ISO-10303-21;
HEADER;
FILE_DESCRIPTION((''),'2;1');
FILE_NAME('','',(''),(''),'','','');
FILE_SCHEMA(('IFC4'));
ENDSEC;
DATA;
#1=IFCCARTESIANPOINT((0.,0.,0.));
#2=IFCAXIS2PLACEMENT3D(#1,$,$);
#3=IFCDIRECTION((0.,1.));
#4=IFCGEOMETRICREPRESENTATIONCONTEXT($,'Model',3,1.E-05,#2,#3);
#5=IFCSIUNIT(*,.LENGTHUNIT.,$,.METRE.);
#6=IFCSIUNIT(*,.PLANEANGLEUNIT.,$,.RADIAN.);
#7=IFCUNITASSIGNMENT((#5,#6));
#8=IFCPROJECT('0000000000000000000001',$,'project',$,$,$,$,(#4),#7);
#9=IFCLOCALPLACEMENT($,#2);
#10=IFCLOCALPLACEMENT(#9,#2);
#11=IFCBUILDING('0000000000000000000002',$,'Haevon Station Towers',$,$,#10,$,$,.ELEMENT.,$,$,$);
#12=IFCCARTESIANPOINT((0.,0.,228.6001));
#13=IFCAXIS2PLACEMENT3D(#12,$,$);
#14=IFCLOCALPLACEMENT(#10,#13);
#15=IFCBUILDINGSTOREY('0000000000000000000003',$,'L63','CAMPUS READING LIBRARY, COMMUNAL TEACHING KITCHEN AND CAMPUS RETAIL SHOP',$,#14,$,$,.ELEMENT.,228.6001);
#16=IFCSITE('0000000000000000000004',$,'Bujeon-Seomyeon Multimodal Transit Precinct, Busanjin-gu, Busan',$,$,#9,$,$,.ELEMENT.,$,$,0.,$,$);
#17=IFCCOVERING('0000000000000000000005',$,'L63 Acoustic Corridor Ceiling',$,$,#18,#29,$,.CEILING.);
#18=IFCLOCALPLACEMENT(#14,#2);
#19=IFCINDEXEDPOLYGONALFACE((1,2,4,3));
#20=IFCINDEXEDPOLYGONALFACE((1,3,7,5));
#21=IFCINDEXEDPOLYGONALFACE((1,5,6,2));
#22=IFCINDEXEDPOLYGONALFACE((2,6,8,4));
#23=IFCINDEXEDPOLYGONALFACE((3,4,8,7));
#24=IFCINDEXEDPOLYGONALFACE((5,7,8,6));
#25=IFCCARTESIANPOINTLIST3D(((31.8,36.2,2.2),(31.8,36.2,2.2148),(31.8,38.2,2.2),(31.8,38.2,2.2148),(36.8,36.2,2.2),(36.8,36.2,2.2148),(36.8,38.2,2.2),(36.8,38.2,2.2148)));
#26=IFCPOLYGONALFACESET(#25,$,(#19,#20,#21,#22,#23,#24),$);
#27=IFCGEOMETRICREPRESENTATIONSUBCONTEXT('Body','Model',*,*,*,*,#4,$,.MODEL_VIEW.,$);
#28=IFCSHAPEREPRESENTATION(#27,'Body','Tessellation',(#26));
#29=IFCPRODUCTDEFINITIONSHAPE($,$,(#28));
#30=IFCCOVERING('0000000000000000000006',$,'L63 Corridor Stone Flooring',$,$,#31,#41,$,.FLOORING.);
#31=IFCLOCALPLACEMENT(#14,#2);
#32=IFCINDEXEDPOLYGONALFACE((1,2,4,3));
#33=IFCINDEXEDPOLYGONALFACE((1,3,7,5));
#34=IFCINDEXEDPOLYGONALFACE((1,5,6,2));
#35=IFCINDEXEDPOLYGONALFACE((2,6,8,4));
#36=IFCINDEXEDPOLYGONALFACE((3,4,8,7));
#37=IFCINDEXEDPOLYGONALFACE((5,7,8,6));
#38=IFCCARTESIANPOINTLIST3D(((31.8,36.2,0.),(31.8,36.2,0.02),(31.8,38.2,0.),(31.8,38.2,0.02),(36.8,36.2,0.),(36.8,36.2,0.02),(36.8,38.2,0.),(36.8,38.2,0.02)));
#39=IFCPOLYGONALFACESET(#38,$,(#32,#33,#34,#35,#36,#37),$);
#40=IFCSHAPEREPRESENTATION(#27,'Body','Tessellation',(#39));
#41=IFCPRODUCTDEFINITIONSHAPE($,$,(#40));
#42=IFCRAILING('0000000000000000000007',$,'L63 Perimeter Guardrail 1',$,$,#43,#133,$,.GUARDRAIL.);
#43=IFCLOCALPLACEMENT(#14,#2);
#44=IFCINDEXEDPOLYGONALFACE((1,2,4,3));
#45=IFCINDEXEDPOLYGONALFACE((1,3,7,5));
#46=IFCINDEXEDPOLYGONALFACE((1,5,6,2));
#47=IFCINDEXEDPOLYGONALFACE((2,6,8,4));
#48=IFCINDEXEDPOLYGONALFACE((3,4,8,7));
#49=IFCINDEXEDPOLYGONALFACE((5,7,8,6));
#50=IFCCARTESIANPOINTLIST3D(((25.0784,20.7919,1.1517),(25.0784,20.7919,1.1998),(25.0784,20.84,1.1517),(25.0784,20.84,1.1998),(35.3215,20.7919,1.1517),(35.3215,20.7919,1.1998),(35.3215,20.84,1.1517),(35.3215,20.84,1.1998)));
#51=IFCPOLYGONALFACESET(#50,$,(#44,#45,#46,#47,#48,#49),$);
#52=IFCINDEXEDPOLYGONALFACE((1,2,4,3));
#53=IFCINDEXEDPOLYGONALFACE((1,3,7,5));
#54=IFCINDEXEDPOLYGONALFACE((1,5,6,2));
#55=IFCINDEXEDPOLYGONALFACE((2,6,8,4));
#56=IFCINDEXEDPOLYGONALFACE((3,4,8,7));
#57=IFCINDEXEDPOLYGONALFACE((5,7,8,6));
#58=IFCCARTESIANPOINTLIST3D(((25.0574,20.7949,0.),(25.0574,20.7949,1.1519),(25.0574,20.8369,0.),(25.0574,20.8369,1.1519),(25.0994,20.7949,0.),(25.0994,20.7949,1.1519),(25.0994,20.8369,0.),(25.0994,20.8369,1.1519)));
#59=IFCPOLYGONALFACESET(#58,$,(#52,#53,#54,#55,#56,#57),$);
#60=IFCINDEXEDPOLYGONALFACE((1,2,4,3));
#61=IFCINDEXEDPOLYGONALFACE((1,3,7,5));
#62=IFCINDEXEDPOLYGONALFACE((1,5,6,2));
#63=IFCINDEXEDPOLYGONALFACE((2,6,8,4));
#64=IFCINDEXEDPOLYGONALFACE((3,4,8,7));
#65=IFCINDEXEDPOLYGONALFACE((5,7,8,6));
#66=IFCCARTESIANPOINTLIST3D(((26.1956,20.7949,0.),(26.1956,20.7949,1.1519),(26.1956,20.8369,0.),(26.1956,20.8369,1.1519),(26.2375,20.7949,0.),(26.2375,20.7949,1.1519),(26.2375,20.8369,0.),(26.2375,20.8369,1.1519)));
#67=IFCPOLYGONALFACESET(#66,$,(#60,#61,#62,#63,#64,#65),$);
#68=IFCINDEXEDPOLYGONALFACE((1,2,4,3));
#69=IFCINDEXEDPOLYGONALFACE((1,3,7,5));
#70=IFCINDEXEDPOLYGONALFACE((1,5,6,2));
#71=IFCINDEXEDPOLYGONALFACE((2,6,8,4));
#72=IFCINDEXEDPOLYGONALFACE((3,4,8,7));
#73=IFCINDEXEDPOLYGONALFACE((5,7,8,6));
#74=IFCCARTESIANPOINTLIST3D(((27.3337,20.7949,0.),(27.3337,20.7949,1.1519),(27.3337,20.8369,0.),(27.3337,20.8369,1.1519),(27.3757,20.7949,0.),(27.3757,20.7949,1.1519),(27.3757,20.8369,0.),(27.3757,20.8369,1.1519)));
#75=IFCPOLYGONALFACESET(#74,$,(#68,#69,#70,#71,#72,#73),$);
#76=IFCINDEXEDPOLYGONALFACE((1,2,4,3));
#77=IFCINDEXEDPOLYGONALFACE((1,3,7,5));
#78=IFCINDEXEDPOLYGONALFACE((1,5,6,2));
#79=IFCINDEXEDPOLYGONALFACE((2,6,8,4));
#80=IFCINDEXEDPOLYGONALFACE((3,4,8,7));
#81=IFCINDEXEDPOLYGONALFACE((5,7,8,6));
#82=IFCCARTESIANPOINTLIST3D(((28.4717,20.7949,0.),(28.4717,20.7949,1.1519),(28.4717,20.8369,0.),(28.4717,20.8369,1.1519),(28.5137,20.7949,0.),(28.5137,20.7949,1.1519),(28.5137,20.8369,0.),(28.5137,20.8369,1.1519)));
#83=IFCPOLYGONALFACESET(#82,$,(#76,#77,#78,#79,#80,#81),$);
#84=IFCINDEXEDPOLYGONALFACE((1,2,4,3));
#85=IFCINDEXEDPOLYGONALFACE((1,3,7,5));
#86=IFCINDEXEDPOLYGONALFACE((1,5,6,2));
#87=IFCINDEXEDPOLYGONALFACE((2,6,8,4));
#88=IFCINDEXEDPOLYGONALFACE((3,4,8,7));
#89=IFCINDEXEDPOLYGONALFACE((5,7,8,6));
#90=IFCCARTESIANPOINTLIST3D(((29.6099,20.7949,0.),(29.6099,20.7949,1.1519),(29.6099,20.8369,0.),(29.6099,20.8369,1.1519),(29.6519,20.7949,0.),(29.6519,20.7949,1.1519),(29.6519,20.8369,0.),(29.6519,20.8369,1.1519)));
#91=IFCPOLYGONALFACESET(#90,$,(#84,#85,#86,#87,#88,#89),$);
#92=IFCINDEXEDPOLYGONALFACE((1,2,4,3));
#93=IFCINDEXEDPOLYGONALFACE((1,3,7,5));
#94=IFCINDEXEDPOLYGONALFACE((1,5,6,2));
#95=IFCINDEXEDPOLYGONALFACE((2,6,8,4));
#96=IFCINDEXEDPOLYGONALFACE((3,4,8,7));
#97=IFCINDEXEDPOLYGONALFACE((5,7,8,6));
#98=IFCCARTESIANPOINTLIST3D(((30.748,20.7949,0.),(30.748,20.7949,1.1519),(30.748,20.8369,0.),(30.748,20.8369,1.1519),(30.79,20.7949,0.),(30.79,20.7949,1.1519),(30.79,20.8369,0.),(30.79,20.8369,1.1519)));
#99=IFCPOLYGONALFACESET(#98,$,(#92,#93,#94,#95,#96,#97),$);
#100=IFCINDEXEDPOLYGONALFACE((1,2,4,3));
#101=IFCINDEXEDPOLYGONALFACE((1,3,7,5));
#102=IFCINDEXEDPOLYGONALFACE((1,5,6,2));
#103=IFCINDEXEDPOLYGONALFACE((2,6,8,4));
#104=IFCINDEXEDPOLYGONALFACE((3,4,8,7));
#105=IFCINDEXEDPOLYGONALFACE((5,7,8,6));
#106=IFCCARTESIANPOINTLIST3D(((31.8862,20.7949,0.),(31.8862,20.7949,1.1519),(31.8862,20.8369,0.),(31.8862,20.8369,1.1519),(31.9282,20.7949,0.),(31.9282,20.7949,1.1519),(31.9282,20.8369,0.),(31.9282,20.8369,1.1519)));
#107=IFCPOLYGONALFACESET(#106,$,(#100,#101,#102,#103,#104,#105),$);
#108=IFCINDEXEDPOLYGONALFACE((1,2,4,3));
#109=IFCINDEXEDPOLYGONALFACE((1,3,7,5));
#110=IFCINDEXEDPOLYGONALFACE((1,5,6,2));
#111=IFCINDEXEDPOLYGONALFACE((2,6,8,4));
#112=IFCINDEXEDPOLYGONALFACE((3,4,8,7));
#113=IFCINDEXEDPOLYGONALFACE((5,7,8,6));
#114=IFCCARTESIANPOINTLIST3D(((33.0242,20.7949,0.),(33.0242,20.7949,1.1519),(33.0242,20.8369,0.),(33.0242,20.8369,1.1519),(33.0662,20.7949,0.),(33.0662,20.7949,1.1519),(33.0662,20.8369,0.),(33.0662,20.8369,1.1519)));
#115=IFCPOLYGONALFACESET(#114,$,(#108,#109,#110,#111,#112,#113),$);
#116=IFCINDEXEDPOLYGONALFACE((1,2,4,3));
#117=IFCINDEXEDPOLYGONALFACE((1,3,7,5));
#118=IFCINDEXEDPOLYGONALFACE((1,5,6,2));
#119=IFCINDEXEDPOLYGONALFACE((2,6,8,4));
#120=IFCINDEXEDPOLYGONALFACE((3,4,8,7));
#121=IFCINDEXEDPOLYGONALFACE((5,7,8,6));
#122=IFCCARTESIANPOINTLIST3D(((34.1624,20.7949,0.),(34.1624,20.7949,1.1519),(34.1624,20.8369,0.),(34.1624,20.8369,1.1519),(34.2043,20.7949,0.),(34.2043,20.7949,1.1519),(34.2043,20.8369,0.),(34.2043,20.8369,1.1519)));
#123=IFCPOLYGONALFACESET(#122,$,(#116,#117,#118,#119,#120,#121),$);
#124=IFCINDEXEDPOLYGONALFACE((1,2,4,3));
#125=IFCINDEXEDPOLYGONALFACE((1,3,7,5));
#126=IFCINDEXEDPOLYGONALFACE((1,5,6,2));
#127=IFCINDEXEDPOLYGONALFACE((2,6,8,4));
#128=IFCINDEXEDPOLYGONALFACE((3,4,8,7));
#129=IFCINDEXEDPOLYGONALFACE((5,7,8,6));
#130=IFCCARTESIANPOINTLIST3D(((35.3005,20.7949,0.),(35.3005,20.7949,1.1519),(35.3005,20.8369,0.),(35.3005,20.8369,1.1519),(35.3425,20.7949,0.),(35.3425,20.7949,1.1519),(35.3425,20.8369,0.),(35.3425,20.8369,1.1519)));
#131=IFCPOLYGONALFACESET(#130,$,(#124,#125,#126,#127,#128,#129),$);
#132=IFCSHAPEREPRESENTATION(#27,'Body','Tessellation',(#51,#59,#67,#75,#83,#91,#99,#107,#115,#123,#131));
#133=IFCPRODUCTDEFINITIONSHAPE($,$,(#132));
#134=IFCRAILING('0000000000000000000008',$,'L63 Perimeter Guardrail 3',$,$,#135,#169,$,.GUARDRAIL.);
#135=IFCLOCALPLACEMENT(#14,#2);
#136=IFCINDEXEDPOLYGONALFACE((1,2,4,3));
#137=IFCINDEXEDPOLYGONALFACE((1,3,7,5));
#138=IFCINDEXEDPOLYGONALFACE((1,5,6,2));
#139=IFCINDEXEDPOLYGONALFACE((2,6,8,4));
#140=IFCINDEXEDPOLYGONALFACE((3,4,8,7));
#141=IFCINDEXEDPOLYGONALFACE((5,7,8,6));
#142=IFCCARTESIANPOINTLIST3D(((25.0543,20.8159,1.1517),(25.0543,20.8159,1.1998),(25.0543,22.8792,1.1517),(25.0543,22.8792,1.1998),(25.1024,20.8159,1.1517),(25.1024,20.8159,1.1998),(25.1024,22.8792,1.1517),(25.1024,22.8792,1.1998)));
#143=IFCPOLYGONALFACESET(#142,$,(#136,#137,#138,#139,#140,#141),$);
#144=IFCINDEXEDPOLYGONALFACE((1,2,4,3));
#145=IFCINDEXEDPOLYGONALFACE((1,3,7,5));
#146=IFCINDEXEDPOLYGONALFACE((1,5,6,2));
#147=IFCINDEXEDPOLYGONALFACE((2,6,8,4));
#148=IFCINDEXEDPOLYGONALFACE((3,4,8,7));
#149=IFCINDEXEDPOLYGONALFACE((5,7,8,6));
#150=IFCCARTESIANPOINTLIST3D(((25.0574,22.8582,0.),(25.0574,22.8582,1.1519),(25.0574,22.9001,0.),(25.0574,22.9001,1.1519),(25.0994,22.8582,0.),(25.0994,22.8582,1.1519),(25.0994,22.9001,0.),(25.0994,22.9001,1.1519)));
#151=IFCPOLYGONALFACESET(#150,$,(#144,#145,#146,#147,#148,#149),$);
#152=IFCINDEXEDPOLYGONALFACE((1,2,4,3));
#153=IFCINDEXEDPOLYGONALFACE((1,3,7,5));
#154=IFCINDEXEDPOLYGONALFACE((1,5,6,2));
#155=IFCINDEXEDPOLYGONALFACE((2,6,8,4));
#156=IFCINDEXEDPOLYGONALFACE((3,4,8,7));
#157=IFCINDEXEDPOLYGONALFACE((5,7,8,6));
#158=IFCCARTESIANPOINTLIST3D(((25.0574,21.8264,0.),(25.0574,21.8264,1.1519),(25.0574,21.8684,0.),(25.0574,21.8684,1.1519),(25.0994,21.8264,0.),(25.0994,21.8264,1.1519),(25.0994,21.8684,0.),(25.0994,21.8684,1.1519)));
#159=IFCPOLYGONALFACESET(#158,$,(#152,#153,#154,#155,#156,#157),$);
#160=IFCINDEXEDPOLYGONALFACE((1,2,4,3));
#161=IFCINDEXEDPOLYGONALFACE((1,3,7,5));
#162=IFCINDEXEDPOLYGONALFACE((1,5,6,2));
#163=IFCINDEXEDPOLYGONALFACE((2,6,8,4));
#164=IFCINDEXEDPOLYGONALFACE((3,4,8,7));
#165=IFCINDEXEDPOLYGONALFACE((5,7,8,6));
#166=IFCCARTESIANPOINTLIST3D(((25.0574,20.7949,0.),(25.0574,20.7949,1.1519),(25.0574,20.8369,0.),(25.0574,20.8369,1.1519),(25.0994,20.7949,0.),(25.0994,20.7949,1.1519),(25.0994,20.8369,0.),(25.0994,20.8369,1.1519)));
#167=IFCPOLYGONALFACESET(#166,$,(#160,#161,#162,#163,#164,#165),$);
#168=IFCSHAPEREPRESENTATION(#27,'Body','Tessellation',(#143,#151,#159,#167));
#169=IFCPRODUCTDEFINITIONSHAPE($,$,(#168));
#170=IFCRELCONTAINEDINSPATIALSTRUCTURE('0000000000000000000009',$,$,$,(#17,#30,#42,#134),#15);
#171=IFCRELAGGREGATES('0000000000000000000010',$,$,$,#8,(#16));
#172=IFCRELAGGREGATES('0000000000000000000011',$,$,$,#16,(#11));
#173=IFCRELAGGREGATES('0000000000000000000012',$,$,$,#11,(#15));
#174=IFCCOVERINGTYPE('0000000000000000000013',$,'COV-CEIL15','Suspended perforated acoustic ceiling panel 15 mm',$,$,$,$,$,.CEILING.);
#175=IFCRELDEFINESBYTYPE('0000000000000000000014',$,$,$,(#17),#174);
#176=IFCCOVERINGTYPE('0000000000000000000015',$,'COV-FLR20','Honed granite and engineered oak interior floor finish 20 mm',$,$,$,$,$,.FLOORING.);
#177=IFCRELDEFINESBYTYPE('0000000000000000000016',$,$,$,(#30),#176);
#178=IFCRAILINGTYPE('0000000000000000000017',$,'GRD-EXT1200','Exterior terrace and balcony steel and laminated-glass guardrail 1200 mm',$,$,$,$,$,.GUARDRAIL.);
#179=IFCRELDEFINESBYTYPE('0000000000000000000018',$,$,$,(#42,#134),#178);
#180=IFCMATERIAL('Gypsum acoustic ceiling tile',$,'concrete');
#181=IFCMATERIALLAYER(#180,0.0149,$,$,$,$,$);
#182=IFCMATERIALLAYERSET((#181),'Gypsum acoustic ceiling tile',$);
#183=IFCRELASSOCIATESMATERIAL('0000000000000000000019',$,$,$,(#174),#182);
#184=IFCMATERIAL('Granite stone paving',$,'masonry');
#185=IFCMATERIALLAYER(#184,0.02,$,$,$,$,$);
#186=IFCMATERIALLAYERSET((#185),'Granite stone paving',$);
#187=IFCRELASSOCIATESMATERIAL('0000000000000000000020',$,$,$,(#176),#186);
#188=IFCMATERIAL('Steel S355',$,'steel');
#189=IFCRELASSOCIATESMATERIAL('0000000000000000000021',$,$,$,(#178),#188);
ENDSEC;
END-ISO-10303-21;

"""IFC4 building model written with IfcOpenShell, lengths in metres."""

from ifc_helpers import new_model, si_unit, direction, frame, origin, origin_2d, place, context, subcontext, project, spatial, polyline, rectangle, outline, extrude, material, layer, layer_set, type_object, element, save


model = new_model("IFC4")

# Units and contexts
model_context = context("Model", 3, precision=1e-05, world=origin(), true_north=direction((0.0, 1.0)))
body_context = subcontext(model_context, "Body", "Model", "MODEL_VIEW")
ifc_project = project(units=[si_unit("LENGTHUNIT", "METRE"), si_unit("PLANEANGLEUNIT", "RADIAN")], contexts=[model_context])

# Site, building, storey
site_placement = place(None, origin())
site = spatial("IfcSite", under=ifc_project, at=site_placement, Name="Bujeon-Seomyeon Multimodal Transit Precinct, Busanjin-gu, Busan", CompositionType="ELEMENT", RefElevation=0.0)
building_placement = place(site_placement, origin())
building = spatial("IfcBuilding", under=site, at=building_placement, Name="Haevon Station Towers", CompositionType="ELEMENT")
storey_placement = place(building_placement, frame((0.0, 0.0, 228.6001)))
storey = spatial("IfcBuildingStorey", under=building, at=storey_placement, Name="L63", Description="CAMPUS READING LIBRARY, COMMUNAL TEACHING KITCHEN AND CAMPUS RETAIL SHOP", CompositionType="ELEMENT", Elevation=228.6001)

# Shared definitions
ifc_material_1 = material(Name="Steel S355", Category="steel")

# Coverings
ifc_material_2 = material(Name="Gypsum acoustic ceiling tile", Category="concrete")
ifc_layer_1 = layer(ifc_material_2, 0.0149)
ifc_layer_set_1 = layer_set([ifc_layer_1], Name="Gypsum acoustic ceiling tile")
covering_type_1 = type_object("IfcCoveringType", Name="COV-CEIL15", Description="Suspended perforated acoustic ceiling panel 15 mm", PredefinedType="CEILING", material=ifc_layer_set_1)
covering_1_placement = place(storey_placement, frame((0.0, 0.0, 2.2)))
element("IfcCovering", 1, at=covering_1_placement, inside=storey, type_object=covering_type_1, Name="L63 Acoustic Corridor Ceiling", PredefinedType="CEILING", context=body_context, shape_type="SweptSolid", body=[
    extrude(outline(polyline([(31.8, 36.2), (36.8, 36.2), (36.8, 38.2), (31.8, 38.2), (31.8, 36.2)])), origin(), (0.0, 0.0, 1.0), 0.0149),
])
ifc_material_3 = material(Name="Granite stone paving", Category="masonry")
ifc_layer_2 = layer(ifc_material_3, 0.02)
ifc_layer_set_2 = layer_set([ifc_layer_2], Name="Granite stone paving")
covering_type_2 = type_object("IfcCoveringType", Name="COV-FLR20", Description="Honed granite and engineered oak interior floor finish 20 mm", PredefinedType="FLOORING", material=ifc_layer_set_2)
covering_2_placement = place(storey_placement, origin())
element("IfcCovering", 2, at=covering_2_placement, inside=storey, type_object=covering_type_2, Name="L63 Corridor Stone Flooring", PredefinedType="FLOORING", context=body_context, shape_type="SweptSolid", body=[
    extrude(outline(polyline([(31.8, 36.2), (36.8, 36.2), (36.8, 38.2), (31.8, 38.2), (31.8, 36.2)])), origin(), (0.0, 0.0, 1.0), 0.02),
])

# Railings
railing_type = type_object("IfcRailingType", Name="GRD-EXT1200", Description="Exterior terrace and balcony steel and laminated-glass guardrail 1200 mm", PredefinedType="GUARDRAIL", material=ifc_material_1)
railing_1_placement = place(storey_placement, frame((25.0784, 20.8159, 0.0)))
element("IfcRailing", 3, at=railing_1_placement, inside=storey, type_object=railing_type, Name="L63 Perimeter Guardrail 1", PredefinedType="GUARDRAIL", context=body_context, shape_type="SweptSolid", body=[
    extrude(rectangle(XDim=0.0481, YDim=0.0481, at=origin_2d()), frame((0.0, 0.0, 1.1758), z_axis=(1.0, 0.0, 0.0), x_axis=(0.0, 1.0, 0.0)), (0.0, 0.0, 1.0), 10.2432),
    extrude(rectangle(XDim=0.042, YDim=0.042, at=origin_2d()), origin(), (0.0, 0.0, 1.0), 1.1519),
    extrude(rectangle(XDim=0.042, YDim=0.042, at=origin_2d()), frame((1.1382, 0.0, 0.0)), (0.0, 0.0, 1.0), 1.1519),
    extrude(rectangle(XDim=0.042, YDim=0.042, at=origin_2d()), frame((2.2764, 0.0, 0.0)), (0.0, 0.0, 1.0), 1.1519),
    extrude(rectangle(XDim=0.042, YDim=0.042, at=origin_2d()), frame((3.4143, 0.0, 0.0)), (0.0, 0.0, 1.0), 1.1519),
    extrude(rectangle(XDim=0.042, YDim=0.042, at=origin_2d()), frame((4.5525, 0.0, 0.0)), (0.0, 0.0, 1.0), 1.1519),
    extrude(rectangle(XDim=0.042, YDim=0.042, at=origin_2d()), frame((5.6907, 0.0, 0.0)), (0.0, 0.0, 1.0), 1.1519),
    extrude(rectangle(XDim=0.042, YDim=0.042, at=origin_2d()), frame((6.8289, 0.0, 0.0)), (0.0, 0.0, 1.0), 1.1519),
    extrude(rectangle(XDim=0.042, YDim=0.042, at=origin_2d()), frame((7.9668, 0.0, 0.0)), (0.0, 0.0, 1.0), 1.1519),
    extrude(rectangle(XDim=0.042, YDim=0.042, at=origin_2d()), frame((9.105, 0.0, 0.0)), (0.0, 0.0, 1.0), 1.1519),
    extrude(rectangle(XDim=0.042, YDim=0.042, at=origin_2d()), frame((10.2432, 0.0, 0.0)), (0.0, 0.0, 1.0), 1.1519),
])
railing_2_placement = place(storey_placement, frame((25.0784, 22.8792, 0.0)))
element("IfcRailing", 4, at=railing_2_placement, inside=storey, type_object=railing_type, Name="L63 Perimeter Guardrail 3", PredefinedType="GUARDRAIL", context=body_context, shape_type="SweptSolid", body=[
    extrude(rectangle(XDim=0.0481, YDim=0.0481, at=origin_2d()), frame((0.0, 0.0, 1.1758), z_axis=(0.0, -1.0, 0.0), x_axis=(1.0, 0.0, 0.0)), (0.0, 0.0, 1.0), 2.0632),
    extrude(rectangle(XDim=0.042, YDim=0.042, at=origin_2d()), origin(), (0.0, 0.0, 1.0), 1.1519),
    extrude(rectangle(XDim=0.042, YDim=0.042, at=origin_2d()), frame((0.0, -1.0317, 0.0)), (0.0, 0.0, 1.0), 1.1519),
    extrude(rectangle(XDim=0.042, YDim=0.042, at=origin_2d()), frame((0.0, -2.0632, 0.0)), (0.0, 0.0, 1.0), 1.1519),
])

save(model, "model.ifc")
